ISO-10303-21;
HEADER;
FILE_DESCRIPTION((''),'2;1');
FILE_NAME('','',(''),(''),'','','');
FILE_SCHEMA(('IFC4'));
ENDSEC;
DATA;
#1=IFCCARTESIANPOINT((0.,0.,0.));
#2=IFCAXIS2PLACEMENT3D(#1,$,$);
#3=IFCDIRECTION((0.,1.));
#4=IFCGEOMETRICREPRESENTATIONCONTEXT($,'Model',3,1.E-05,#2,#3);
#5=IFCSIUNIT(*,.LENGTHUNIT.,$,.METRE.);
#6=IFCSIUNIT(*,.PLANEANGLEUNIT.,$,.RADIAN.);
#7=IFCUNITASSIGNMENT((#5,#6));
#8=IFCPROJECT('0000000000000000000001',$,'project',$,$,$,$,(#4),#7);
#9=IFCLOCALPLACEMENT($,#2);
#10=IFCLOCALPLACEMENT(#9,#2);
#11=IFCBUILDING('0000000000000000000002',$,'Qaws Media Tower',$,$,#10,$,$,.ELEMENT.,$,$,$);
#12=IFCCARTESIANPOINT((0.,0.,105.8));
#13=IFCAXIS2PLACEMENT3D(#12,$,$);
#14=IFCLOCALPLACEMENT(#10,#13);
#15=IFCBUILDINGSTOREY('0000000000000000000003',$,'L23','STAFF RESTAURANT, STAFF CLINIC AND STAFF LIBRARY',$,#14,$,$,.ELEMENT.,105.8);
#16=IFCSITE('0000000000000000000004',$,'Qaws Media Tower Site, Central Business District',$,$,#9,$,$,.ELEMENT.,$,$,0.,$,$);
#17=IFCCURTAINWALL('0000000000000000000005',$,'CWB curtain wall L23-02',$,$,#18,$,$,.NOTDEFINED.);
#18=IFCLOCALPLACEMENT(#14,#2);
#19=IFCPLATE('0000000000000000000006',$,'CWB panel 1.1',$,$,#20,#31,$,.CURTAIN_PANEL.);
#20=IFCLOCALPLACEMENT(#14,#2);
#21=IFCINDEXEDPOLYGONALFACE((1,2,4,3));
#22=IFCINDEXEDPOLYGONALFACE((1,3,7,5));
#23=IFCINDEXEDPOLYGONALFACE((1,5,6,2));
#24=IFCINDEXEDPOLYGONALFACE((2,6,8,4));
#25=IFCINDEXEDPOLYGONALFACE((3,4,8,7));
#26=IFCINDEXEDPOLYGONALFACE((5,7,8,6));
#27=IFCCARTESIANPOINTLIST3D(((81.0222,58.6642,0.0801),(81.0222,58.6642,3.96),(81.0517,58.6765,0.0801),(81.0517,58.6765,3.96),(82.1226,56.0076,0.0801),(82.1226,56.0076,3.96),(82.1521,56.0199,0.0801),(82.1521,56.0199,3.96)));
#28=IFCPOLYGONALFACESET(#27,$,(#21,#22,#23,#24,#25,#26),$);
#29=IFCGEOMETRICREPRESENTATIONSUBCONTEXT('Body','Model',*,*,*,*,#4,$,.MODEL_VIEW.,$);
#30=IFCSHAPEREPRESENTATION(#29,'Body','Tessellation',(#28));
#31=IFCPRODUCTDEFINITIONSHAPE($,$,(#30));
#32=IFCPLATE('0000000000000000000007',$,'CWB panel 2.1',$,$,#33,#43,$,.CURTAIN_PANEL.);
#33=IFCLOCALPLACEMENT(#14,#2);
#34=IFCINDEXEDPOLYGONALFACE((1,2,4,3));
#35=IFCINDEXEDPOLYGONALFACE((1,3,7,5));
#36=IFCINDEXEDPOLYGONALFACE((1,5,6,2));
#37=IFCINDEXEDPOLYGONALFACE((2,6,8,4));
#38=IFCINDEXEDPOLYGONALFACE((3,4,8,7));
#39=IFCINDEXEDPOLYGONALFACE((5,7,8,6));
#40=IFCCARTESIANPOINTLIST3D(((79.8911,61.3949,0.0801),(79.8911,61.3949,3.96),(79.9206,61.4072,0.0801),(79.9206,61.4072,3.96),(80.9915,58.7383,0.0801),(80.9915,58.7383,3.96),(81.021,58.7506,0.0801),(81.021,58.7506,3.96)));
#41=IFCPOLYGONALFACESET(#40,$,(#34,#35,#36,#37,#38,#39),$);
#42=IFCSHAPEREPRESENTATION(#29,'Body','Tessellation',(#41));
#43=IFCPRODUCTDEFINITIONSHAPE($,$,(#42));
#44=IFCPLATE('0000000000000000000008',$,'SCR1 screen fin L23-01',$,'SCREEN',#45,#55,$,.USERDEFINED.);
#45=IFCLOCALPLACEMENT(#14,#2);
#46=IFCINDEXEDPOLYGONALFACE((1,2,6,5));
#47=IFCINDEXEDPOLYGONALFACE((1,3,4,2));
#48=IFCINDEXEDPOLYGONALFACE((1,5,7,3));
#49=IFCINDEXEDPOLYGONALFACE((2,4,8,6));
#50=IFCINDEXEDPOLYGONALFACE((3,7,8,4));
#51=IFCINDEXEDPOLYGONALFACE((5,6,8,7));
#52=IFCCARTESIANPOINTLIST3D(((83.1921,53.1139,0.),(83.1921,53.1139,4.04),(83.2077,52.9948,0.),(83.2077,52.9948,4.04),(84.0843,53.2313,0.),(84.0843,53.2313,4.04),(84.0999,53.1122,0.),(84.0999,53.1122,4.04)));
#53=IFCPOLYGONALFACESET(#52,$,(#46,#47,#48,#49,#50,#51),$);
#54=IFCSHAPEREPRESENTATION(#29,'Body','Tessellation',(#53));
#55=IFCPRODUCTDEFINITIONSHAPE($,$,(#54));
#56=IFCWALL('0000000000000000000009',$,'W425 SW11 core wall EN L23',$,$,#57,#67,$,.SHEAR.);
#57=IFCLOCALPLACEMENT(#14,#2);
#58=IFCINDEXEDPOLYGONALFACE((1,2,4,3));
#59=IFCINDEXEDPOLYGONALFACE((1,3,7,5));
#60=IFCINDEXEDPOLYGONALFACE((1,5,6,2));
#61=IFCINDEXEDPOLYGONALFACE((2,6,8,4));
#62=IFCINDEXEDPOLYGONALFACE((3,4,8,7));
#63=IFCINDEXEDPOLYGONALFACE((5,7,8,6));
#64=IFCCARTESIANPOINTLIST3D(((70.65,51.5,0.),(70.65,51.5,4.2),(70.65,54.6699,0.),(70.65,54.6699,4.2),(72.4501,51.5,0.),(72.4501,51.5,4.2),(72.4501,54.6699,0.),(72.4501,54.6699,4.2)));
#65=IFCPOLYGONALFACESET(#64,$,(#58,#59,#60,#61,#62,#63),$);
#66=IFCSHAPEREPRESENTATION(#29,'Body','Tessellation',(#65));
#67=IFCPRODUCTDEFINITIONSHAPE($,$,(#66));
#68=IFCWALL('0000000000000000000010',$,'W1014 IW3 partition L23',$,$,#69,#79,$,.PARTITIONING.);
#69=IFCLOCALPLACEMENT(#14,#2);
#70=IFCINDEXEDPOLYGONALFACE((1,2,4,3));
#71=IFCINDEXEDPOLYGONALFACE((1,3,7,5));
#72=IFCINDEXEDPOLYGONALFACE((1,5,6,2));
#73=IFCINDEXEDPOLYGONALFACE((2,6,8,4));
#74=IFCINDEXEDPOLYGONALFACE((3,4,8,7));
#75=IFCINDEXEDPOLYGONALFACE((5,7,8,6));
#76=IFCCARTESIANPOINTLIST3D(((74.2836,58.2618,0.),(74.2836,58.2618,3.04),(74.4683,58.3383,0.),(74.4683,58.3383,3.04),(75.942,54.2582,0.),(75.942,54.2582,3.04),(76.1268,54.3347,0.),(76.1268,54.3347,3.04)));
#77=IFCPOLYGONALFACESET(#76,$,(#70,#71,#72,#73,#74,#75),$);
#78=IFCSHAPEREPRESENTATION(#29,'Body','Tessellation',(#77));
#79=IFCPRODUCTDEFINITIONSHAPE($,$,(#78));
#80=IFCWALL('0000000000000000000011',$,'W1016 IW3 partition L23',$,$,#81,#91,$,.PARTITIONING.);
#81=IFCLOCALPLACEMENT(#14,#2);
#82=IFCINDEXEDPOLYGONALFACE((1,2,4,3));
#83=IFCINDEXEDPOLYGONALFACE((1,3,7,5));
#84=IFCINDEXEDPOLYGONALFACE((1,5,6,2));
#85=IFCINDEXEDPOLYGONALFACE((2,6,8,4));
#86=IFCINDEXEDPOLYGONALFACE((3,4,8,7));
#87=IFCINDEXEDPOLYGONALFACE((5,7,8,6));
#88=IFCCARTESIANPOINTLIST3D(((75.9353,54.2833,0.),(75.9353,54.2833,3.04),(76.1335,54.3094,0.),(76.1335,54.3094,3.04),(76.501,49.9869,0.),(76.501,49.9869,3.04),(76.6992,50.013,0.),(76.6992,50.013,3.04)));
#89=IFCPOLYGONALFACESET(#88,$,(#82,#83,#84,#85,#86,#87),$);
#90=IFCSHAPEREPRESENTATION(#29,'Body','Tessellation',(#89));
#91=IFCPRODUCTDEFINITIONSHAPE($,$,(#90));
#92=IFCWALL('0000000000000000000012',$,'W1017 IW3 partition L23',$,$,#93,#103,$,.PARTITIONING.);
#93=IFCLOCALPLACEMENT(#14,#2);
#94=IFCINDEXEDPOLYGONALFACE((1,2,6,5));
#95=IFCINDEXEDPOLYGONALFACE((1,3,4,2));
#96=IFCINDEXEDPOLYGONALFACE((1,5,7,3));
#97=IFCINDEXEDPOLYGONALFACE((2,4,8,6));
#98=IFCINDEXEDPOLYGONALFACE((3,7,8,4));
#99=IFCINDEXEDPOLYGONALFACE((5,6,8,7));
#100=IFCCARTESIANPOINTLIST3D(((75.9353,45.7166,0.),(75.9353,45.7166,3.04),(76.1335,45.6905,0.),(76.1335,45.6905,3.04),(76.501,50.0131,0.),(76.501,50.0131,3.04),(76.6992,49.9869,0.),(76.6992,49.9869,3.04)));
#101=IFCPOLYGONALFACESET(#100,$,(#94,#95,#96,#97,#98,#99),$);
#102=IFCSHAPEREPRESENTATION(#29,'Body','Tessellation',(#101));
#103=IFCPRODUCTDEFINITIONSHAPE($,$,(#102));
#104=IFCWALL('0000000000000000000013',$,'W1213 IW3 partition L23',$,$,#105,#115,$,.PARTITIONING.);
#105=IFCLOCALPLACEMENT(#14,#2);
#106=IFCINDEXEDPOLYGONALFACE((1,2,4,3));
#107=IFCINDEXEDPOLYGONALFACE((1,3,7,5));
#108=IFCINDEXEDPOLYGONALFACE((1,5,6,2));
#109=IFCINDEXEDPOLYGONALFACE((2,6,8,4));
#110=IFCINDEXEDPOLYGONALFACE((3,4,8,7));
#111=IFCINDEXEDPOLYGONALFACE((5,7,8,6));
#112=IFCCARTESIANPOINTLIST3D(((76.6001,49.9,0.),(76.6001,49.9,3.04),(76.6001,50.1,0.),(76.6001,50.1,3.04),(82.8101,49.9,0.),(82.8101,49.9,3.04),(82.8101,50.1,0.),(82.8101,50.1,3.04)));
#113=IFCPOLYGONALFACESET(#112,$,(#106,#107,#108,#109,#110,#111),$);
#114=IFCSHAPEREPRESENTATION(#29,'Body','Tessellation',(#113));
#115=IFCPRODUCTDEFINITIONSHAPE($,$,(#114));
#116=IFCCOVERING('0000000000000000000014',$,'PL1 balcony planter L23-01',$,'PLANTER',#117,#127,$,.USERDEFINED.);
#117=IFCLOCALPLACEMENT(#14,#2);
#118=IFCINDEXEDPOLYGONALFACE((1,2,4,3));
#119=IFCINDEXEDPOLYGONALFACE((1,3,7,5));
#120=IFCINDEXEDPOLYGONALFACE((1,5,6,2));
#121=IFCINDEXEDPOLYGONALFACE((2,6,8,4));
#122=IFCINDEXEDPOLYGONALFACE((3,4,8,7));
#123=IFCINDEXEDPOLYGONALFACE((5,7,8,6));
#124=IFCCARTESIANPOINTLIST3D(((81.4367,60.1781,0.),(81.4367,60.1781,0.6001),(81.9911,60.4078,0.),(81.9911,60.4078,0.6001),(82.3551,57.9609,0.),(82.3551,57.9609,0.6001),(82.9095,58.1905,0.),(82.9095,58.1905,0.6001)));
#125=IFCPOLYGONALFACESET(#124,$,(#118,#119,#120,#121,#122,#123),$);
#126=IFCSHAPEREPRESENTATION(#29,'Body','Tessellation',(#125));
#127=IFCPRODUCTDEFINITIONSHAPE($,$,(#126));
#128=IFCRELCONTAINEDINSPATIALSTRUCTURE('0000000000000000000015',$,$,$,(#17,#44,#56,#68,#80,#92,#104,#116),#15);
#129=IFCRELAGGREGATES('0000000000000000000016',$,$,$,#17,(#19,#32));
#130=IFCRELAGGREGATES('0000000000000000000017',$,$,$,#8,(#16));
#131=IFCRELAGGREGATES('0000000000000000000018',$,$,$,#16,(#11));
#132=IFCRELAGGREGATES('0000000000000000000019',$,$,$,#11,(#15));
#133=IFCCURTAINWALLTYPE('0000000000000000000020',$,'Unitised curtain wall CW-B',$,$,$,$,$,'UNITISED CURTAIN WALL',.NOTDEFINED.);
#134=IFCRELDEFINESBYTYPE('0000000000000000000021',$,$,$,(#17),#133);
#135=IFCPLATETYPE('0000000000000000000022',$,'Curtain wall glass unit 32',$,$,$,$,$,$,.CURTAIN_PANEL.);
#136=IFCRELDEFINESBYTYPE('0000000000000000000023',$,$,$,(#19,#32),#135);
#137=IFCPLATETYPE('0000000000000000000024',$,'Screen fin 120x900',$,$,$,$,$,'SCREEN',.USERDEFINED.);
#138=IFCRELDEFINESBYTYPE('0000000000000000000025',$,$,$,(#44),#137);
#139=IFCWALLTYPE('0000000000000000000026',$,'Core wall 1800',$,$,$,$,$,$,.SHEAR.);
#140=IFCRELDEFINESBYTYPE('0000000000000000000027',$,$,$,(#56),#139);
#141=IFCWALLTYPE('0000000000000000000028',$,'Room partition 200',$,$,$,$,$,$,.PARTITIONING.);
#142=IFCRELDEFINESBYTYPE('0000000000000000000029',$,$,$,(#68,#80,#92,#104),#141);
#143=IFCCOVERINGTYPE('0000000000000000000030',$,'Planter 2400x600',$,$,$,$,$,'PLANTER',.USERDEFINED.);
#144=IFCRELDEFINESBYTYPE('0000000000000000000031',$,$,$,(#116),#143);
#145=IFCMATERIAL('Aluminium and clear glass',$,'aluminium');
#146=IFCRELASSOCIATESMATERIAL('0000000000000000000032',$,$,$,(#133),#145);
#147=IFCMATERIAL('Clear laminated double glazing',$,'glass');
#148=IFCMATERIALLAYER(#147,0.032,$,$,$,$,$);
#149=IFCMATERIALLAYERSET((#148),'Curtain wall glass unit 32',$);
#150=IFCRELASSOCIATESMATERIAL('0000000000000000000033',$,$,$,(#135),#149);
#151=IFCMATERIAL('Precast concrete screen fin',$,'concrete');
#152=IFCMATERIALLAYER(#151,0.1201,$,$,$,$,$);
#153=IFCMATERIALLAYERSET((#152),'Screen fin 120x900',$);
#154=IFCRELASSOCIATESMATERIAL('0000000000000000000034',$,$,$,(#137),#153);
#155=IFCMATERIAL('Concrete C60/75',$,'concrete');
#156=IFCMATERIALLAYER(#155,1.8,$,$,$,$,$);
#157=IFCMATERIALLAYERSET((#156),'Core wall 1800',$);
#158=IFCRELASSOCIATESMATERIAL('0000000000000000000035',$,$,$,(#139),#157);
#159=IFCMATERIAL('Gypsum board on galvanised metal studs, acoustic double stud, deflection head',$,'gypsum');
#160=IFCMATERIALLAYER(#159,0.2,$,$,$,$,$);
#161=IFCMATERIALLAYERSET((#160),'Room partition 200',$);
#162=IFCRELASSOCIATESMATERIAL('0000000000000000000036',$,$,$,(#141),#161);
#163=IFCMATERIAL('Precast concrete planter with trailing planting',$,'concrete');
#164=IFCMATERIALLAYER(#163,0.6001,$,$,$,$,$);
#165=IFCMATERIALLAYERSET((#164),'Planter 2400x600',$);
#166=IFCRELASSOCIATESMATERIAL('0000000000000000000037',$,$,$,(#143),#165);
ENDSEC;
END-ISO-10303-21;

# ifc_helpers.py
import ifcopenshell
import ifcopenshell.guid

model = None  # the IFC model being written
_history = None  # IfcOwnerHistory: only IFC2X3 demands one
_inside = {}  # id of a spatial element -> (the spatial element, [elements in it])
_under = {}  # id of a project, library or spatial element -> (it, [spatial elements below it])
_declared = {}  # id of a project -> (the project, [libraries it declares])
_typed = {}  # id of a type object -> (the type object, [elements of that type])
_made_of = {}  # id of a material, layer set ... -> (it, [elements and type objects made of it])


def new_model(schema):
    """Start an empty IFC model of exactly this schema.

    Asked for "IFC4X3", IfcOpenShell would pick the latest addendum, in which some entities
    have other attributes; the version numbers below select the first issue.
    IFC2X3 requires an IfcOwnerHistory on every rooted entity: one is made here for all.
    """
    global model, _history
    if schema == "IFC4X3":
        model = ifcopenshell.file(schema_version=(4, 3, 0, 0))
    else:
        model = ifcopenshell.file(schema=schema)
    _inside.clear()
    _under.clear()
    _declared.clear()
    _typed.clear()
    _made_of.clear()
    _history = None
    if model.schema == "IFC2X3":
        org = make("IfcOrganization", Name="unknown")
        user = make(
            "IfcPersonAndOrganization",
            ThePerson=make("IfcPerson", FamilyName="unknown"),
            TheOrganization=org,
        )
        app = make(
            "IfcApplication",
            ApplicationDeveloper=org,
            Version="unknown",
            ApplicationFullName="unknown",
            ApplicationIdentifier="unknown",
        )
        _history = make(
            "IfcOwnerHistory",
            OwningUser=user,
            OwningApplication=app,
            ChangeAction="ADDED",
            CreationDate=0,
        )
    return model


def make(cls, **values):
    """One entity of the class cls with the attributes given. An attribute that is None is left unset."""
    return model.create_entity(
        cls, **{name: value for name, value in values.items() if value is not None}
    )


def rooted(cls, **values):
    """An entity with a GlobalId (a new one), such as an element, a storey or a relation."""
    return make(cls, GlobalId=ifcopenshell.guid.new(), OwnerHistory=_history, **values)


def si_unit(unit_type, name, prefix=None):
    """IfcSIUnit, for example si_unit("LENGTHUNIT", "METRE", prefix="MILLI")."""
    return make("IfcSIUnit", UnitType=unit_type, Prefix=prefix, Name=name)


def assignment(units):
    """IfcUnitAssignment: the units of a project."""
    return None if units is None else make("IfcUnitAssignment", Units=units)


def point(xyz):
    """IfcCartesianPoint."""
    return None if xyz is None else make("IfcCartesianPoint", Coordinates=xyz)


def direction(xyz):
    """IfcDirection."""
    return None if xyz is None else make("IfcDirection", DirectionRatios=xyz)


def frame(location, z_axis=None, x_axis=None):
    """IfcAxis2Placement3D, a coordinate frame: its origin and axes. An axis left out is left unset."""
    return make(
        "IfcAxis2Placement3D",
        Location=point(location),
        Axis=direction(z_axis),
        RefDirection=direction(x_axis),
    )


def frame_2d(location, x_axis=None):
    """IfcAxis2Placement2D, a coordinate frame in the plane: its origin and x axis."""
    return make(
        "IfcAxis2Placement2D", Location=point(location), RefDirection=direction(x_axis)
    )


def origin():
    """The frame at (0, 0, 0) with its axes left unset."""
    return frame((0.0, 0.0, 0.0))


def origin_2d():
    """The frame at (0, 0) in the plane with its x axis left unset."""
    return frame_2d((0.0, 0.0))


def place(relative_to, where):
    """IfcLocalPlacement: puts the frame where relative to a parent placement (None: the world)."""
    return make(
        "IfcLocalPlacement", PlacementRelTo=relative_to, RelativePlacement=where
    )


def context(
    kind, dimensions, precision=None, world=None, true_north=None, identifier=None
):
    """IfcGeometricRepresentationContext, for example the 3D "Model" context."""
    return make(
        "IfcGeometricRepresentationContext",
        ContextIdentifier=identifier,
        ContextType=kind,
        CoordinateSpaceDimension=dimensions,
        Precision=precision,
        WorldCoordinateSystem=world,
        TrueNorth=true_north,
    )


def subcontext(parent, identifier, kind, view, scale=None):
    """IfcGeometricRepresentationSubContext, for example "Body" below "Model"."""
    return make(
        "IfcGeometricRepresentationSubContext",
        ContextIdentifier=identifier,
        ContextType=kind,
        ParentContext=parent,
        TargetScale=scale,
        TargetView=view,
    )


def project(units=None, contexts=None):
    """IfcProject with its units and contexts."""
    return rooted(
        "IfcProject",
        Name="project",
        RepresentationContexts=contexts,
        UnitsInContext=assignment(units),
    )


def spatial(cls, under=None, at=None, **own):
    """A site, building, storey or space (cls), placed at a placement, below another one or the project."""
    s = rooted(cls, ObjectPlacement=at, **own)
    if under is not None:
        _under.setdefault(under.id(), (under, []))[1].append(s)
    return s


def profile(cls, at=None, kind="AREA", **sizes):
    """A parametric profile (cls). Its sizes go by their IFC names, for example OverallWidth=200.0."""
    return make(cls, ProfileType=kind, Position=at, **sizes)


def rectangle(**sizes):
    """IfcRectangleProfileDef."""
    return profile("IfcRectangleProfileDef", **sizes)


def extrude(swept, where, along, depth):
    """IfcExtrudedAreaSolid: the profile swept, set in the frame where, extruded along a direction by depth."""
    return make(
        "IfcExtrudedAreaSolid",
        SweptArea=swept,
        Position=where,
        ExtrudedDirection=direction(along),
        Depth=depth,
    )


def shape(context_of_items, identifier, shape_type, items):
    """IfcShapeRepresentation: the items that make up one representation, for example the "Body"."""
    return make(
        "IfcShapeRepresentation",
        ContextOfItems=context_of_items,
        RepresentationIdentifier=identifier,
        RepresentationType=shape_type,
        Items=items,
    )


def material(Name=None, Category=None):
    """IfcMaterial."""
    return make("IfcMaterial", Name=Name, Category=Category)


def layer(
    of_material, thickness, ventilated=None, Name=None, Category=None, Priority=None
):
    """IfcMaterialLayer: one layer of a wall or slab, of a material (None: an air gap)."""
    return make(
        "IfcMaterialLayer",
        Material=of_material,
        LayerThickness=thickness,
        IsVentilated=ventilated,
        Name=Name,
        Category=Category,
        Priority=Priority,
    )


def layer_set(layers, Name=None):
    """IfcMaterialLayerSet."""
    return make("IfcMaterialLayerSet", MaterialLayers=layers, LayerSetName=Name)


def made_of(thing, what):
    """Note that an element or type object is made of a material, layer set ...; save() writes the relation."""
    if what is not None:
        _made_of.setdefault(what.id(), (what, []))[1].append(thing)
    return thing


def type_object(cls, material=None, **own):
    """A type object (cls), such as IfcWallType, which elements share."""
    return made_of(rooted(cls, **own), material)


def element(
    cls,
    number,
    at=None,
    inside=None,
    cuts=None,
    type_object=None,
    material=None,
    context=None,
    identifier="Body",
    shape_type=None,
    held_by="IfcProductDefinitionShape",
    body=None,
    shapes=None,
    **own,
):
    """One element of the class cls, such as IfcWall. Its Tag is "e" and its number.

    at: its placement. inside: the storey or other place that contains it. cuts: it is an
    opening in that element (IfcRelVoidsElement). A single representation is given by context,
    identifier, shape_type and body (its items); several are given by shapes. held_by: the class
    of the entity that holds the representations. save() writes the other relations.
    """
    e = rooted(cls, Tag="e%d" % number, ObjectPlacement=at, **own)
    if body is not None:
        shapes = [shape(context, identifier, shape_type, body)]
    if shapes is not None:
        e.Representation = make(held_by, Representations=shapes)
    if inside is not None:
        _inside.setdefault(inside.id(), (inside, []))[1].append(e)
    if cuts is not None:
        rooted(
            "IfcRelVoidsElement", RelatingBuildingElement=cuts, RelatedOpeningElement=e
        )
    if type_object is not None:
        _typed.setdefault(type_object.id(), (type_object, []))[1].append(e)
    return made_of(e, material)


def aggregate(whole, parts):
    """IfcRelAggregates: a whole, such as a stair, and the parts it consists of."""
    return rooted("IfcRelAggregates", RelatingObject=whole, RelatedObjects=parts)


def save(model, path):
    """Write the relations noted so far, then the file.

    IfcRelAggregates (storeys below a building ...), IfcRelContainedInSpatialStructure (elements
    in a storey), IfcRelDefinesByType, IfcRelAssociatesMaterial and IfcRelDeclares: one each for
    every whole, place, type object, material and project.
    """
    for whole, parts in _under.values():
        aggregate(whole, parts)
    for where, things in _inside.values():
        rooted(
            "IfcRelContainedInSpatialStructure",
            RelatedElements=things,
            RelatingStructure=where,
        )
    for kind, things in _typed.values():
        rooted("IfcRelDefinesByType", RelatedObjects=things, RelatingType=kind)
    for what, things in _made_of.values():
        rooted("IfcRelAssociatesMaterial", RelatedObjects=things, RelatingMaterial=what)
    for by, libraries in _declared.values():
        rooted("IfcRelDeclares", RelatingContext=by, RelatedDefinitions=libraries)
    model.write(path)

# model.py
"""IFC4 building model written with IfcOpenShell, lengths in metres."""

from ifc_helpers import new_model, si_unit, direction, frame, frame_2d, origin, origin_2d, place, context, subcontext, project, spatial, rectangle, extrude, material, layer, layer_set, type_object, element, aggregate, save


model = new_model("IFC4")

# Units and contexts
model_context = context("Model", 3, precision=1e-05, world=origin(), true_north=direction((0.0, 1.0)))
body_context = subcontext(model_context, "Body", "Model", "MODEL_VIEW")
ifc_project = project(units=[si_unit("LENGTHUNIT", "METRE"), si_unit("PLANEANGLEUNIT", "RADIAN")], contexts=[model_context])

# Site, building, storey
site_placement = place(None, origin())
site = spatial("IfcSite", under=ifc_project, at=site_placement, Name="Qaws Media Tower Site, Central Business District", CompositionType="ELEMENT", RefElevation=0.0)
building_placement = place(site_placement, origin())
building = spatial("IfcBuilding", under=site, at=building_placement, Name="Qaws Media Tower", CompositionType="ELEMENT")
storey_placement = place(building_placement, frame((0.0, 0.0, 105.8)))
storey = spatial("IfcBuildingStorey", under=building, at=storey_placement, Name="L23", Description="STAFF RESTAURANT, STAFF CLINIC AND STAFF LIBRARY", CompositionType="ELEMENT", Elevation=105.8)

# Curtain wall
ifc_material_1 = material(Name="Aluminium and clear glass", Category="aluminium")
curtain_wall_type = type_object("IfcCurtainWallType", Name="Unitised curtain wall CW-B", ElementType="UNITISED CURTAIN WALL", PredefinedType="NOTDEFINED", material=ifc_material_1)
curtain_wall_1_placement = place(storey_placement, origin())
curtain_wall_1 = element("IfcCurtainWall", 1, at=curtain_wall_1_placement, inside=storey, type_object=curtain_wall_type, Name="CWB curtain wall L23-02", PredefinedType="NOTDEFINED")

# Plates
ifc_material_2 = material(Name="Clear laminated double glazing", Category="glass")
ifc_layer_1 = layer(ifc_material_2, 0.032)
ifc_layer_set_1 = layer_set([ifc_layer_1], Name="Curtain wall glass unit 32")
plate_type_1 = type_object("IfcPlateType", Name="Curtain wall glass unit 32", PredefinedType="CURTAIN_PANEL", material=ifc_layer_set_1)
plate_1_placement = place(storey_placement, frame((81.5872, 57.342, 0.0801), z_axis=(0.0, 0.0, 1.0), x_axis=(-0.382683, 0.92388, 0.0)))
plate_1 = element("IfcPlate", 2, at=plate_1_placement, type_object=plate_type_1, Name="CWB panel 1.1", PredefinedType="CURTAIN_PANEL", context=body_context, shape_type="SweptSolid", body=[
    extrude(rectangle(XDim=2.8755, YDim=0.032, at=origin_2d()), origin(), (0.0, 0.0, 1.0), 3.8799),
])
plate_2_placement = place(storey_placement, frame((80.4561, 60.0728, 0.0801), z_axis=(0.0, 0.0, 1.0), x_axis=(-0.382683, 0.92388, 0.0)))
plate_2 = element("IfcPlate", 3, at=plate_2_placement, type_object=plate_type_1, Name="CWB panel 2.1", PredefinedType="CURTAIN_PANEL", context=body_context, shape_type="SweptSolid", body=[
    extrude(rectangle(XDim=2.8755, YDim=0.032, at=origin_2d()), origin(), (0.0, 0.0, 1.0), 3.8799),
])
aggregate(curtain_wall_1, [plate_1, plate_2])
ifc_material_3 = material(Name="Precast concrete screen fin", Category="concrete")
ifc_layer_2 = layer(ifc_material_3, 0.1201)
ifc_layer_set_2 = layer_set([ifc_layer_2], Name="Screen fin 120x900")
plate_type_2 = type_object("IfcPlateType", Name="Screen fin 120x900", ElementType="SCREEN", PredefinedType="USERDEFINED", material=ifc_layer_set_2)
plate_3_placement = place(storey_placement, frame((83.646, 53.113, 0.0), z_axis=(0.0, 0.0, 1.0), x_axis=(0.991445, 0.130526, 0.0)))
element("IfcPlate", 4, at=plate_3_placement, inside=storey, type_object=plate_type_2, Name="SCR1 screen fin L23-01", ObjectType="SCREEN", PredefinedType="USERDEFINED", context=body_context, shape_type="SweptSolid", body=[
    extrude(rectangle(XDim=0.8999, YDim=0.1201, at=origin_2d()), origin(), (0.0, 0.0, 1.0), 4.04),
])

# Walls
ifc_material_4 = material(Name="Concrete C60/75", Category="concrete")
ifc_layer_3 = layer(ifc_material_4, 1.8)
ifc_layer_set_3 = layer_set([ifc_layer_3], Name="Core wall 1800")
wall_type_1 = type_object("IfcWallType", Name="Core wall 1800", PredefinedType="SHEAR", material=ifc_layer_set_3)
wall_1_placement = place(storey_placement, frame((71.55, 51.5, 0.0), z_axis=(0.0, 0.0, 1.0), x_axis=(0.0, 1.0, 0.0)))
element("IfcWall", 5, at=wall_1_placement, inside=storey, type_object=wall_type_1, Name="W425 SW11 core wall EN L23", PredefinedType="SHEAR", context=body_context, shape_type="SweptSolid", body=[
    extrude(rectangle(XDim=3.1699, YDim=1.8, at=frame_2d((1.585, 0.0))), origin(), (0.0, 0.0, 1.0), 4.2),
])
ifc_material_5 = material(Name="Gypsum board on galvanised metal studs, acoustic double stud, deflection head", Category="gypsum")
ifc_layer_4 = layer(ifc_material_5, 0.2)
ifc_layer_set_4 = layer_set([ifc_layer_4], Name="Room partition 200")
wall_type_2 = type_object("IfcWallType", Name="Room partition 200", PredefinedType="PARTITIONING", material=ifc_layer_set_4)
for number, where, z_axis, x_axis, name in (
    (6, (74.376, 58.3, 0.0), (0.0, 0.0, 1.0), (0.382698, -0.923873, 0.0), "W1014 IW3 partition L23"),
    (7, (76.0344, 54.2964, 0.0), (0.0, 0.0, 1.0), (0.130536, -0.991444, 0.0), "W1016 IW3 partition L23"),
    (8, (76.6001, 50.0, 0.0), (0.0, 0.0, 1.0), (-0.130536, -0.991444, 0.0), "W1017 IW3 partition L23"),
):
    element("IfcWall", number, at=place(storey_placement, frame(where, z_axis=z_axis, x_axis=x_axis)), inside=storey, type_object=wall_type_2, Name=name, PredefinedType="PARTITIONING", context=body_context, shape_type="SweptSolid", body=[
        extrude(rectangle(XDim=4.3335, YDim=0.2, at=frame_2d((2.1667, 0.0))), origin(), (0.0, 0.0, 1.0), 3.04),
    ])
wall_2_placement = place(storey_placement, frame((76.6001, 50.0, 0.0), z_axis=(0.0, 0.0, 1.0), x_axis=(1.0, 0.0, 0.0)))
element("IfcWall", 9, at=wall_2_placement, inside=storey, type_object=wall_type_2, Name="W1213 IW3 partition L23", PredefinedType="PARTITIONING", context=body_context, shape_type="SweptSolid", body=[
    extrude(rectangle(XDim=6.21, YDim=0.2, at=frame_2d((3.105, 0.0))), origin(), (0.0, 0.0, 1.0), 3.04),
])

# Covering
ifc_material_6 = material(Name="Precast concrete planter with trailing planting", Category="concrete")
ifc_layer_5 = layer(ifc_material_6, 0.6001)
ifc_layer_set_5 = layer_set([ifc_layer_5], Name="Planter 2400x600")
covering_type = type_object("IfcCoveringType", Name="Planter 2400x600", ElementType="PLANTER", PredefinedType="USERDEFINED", material=ifc_layer_set_5)
covering_placement = place(storey_placement, frame((82.1731, 59.1843, 0.0), z_axis=(0.0, 0.0, 1.0), x_axis=(-0.382683, 0.92388, 0.0)))
element("IfcCovering", 10, at=covering_placement, inside=storey, type_object=covering_type, Name="PL1 balcony planter L23-01", ObjectType="PLANTER", PredefinedType="USERDEFINED", context=body_context, shape_type="SweptSolid", body=[
    extrude(rectangle(XDim=2.3999, YDim=0.6001, at=origin_2d()), origin(), (0.0, 0.0, 1.0), 0.6001),
])

save(model, "model.ifc")
